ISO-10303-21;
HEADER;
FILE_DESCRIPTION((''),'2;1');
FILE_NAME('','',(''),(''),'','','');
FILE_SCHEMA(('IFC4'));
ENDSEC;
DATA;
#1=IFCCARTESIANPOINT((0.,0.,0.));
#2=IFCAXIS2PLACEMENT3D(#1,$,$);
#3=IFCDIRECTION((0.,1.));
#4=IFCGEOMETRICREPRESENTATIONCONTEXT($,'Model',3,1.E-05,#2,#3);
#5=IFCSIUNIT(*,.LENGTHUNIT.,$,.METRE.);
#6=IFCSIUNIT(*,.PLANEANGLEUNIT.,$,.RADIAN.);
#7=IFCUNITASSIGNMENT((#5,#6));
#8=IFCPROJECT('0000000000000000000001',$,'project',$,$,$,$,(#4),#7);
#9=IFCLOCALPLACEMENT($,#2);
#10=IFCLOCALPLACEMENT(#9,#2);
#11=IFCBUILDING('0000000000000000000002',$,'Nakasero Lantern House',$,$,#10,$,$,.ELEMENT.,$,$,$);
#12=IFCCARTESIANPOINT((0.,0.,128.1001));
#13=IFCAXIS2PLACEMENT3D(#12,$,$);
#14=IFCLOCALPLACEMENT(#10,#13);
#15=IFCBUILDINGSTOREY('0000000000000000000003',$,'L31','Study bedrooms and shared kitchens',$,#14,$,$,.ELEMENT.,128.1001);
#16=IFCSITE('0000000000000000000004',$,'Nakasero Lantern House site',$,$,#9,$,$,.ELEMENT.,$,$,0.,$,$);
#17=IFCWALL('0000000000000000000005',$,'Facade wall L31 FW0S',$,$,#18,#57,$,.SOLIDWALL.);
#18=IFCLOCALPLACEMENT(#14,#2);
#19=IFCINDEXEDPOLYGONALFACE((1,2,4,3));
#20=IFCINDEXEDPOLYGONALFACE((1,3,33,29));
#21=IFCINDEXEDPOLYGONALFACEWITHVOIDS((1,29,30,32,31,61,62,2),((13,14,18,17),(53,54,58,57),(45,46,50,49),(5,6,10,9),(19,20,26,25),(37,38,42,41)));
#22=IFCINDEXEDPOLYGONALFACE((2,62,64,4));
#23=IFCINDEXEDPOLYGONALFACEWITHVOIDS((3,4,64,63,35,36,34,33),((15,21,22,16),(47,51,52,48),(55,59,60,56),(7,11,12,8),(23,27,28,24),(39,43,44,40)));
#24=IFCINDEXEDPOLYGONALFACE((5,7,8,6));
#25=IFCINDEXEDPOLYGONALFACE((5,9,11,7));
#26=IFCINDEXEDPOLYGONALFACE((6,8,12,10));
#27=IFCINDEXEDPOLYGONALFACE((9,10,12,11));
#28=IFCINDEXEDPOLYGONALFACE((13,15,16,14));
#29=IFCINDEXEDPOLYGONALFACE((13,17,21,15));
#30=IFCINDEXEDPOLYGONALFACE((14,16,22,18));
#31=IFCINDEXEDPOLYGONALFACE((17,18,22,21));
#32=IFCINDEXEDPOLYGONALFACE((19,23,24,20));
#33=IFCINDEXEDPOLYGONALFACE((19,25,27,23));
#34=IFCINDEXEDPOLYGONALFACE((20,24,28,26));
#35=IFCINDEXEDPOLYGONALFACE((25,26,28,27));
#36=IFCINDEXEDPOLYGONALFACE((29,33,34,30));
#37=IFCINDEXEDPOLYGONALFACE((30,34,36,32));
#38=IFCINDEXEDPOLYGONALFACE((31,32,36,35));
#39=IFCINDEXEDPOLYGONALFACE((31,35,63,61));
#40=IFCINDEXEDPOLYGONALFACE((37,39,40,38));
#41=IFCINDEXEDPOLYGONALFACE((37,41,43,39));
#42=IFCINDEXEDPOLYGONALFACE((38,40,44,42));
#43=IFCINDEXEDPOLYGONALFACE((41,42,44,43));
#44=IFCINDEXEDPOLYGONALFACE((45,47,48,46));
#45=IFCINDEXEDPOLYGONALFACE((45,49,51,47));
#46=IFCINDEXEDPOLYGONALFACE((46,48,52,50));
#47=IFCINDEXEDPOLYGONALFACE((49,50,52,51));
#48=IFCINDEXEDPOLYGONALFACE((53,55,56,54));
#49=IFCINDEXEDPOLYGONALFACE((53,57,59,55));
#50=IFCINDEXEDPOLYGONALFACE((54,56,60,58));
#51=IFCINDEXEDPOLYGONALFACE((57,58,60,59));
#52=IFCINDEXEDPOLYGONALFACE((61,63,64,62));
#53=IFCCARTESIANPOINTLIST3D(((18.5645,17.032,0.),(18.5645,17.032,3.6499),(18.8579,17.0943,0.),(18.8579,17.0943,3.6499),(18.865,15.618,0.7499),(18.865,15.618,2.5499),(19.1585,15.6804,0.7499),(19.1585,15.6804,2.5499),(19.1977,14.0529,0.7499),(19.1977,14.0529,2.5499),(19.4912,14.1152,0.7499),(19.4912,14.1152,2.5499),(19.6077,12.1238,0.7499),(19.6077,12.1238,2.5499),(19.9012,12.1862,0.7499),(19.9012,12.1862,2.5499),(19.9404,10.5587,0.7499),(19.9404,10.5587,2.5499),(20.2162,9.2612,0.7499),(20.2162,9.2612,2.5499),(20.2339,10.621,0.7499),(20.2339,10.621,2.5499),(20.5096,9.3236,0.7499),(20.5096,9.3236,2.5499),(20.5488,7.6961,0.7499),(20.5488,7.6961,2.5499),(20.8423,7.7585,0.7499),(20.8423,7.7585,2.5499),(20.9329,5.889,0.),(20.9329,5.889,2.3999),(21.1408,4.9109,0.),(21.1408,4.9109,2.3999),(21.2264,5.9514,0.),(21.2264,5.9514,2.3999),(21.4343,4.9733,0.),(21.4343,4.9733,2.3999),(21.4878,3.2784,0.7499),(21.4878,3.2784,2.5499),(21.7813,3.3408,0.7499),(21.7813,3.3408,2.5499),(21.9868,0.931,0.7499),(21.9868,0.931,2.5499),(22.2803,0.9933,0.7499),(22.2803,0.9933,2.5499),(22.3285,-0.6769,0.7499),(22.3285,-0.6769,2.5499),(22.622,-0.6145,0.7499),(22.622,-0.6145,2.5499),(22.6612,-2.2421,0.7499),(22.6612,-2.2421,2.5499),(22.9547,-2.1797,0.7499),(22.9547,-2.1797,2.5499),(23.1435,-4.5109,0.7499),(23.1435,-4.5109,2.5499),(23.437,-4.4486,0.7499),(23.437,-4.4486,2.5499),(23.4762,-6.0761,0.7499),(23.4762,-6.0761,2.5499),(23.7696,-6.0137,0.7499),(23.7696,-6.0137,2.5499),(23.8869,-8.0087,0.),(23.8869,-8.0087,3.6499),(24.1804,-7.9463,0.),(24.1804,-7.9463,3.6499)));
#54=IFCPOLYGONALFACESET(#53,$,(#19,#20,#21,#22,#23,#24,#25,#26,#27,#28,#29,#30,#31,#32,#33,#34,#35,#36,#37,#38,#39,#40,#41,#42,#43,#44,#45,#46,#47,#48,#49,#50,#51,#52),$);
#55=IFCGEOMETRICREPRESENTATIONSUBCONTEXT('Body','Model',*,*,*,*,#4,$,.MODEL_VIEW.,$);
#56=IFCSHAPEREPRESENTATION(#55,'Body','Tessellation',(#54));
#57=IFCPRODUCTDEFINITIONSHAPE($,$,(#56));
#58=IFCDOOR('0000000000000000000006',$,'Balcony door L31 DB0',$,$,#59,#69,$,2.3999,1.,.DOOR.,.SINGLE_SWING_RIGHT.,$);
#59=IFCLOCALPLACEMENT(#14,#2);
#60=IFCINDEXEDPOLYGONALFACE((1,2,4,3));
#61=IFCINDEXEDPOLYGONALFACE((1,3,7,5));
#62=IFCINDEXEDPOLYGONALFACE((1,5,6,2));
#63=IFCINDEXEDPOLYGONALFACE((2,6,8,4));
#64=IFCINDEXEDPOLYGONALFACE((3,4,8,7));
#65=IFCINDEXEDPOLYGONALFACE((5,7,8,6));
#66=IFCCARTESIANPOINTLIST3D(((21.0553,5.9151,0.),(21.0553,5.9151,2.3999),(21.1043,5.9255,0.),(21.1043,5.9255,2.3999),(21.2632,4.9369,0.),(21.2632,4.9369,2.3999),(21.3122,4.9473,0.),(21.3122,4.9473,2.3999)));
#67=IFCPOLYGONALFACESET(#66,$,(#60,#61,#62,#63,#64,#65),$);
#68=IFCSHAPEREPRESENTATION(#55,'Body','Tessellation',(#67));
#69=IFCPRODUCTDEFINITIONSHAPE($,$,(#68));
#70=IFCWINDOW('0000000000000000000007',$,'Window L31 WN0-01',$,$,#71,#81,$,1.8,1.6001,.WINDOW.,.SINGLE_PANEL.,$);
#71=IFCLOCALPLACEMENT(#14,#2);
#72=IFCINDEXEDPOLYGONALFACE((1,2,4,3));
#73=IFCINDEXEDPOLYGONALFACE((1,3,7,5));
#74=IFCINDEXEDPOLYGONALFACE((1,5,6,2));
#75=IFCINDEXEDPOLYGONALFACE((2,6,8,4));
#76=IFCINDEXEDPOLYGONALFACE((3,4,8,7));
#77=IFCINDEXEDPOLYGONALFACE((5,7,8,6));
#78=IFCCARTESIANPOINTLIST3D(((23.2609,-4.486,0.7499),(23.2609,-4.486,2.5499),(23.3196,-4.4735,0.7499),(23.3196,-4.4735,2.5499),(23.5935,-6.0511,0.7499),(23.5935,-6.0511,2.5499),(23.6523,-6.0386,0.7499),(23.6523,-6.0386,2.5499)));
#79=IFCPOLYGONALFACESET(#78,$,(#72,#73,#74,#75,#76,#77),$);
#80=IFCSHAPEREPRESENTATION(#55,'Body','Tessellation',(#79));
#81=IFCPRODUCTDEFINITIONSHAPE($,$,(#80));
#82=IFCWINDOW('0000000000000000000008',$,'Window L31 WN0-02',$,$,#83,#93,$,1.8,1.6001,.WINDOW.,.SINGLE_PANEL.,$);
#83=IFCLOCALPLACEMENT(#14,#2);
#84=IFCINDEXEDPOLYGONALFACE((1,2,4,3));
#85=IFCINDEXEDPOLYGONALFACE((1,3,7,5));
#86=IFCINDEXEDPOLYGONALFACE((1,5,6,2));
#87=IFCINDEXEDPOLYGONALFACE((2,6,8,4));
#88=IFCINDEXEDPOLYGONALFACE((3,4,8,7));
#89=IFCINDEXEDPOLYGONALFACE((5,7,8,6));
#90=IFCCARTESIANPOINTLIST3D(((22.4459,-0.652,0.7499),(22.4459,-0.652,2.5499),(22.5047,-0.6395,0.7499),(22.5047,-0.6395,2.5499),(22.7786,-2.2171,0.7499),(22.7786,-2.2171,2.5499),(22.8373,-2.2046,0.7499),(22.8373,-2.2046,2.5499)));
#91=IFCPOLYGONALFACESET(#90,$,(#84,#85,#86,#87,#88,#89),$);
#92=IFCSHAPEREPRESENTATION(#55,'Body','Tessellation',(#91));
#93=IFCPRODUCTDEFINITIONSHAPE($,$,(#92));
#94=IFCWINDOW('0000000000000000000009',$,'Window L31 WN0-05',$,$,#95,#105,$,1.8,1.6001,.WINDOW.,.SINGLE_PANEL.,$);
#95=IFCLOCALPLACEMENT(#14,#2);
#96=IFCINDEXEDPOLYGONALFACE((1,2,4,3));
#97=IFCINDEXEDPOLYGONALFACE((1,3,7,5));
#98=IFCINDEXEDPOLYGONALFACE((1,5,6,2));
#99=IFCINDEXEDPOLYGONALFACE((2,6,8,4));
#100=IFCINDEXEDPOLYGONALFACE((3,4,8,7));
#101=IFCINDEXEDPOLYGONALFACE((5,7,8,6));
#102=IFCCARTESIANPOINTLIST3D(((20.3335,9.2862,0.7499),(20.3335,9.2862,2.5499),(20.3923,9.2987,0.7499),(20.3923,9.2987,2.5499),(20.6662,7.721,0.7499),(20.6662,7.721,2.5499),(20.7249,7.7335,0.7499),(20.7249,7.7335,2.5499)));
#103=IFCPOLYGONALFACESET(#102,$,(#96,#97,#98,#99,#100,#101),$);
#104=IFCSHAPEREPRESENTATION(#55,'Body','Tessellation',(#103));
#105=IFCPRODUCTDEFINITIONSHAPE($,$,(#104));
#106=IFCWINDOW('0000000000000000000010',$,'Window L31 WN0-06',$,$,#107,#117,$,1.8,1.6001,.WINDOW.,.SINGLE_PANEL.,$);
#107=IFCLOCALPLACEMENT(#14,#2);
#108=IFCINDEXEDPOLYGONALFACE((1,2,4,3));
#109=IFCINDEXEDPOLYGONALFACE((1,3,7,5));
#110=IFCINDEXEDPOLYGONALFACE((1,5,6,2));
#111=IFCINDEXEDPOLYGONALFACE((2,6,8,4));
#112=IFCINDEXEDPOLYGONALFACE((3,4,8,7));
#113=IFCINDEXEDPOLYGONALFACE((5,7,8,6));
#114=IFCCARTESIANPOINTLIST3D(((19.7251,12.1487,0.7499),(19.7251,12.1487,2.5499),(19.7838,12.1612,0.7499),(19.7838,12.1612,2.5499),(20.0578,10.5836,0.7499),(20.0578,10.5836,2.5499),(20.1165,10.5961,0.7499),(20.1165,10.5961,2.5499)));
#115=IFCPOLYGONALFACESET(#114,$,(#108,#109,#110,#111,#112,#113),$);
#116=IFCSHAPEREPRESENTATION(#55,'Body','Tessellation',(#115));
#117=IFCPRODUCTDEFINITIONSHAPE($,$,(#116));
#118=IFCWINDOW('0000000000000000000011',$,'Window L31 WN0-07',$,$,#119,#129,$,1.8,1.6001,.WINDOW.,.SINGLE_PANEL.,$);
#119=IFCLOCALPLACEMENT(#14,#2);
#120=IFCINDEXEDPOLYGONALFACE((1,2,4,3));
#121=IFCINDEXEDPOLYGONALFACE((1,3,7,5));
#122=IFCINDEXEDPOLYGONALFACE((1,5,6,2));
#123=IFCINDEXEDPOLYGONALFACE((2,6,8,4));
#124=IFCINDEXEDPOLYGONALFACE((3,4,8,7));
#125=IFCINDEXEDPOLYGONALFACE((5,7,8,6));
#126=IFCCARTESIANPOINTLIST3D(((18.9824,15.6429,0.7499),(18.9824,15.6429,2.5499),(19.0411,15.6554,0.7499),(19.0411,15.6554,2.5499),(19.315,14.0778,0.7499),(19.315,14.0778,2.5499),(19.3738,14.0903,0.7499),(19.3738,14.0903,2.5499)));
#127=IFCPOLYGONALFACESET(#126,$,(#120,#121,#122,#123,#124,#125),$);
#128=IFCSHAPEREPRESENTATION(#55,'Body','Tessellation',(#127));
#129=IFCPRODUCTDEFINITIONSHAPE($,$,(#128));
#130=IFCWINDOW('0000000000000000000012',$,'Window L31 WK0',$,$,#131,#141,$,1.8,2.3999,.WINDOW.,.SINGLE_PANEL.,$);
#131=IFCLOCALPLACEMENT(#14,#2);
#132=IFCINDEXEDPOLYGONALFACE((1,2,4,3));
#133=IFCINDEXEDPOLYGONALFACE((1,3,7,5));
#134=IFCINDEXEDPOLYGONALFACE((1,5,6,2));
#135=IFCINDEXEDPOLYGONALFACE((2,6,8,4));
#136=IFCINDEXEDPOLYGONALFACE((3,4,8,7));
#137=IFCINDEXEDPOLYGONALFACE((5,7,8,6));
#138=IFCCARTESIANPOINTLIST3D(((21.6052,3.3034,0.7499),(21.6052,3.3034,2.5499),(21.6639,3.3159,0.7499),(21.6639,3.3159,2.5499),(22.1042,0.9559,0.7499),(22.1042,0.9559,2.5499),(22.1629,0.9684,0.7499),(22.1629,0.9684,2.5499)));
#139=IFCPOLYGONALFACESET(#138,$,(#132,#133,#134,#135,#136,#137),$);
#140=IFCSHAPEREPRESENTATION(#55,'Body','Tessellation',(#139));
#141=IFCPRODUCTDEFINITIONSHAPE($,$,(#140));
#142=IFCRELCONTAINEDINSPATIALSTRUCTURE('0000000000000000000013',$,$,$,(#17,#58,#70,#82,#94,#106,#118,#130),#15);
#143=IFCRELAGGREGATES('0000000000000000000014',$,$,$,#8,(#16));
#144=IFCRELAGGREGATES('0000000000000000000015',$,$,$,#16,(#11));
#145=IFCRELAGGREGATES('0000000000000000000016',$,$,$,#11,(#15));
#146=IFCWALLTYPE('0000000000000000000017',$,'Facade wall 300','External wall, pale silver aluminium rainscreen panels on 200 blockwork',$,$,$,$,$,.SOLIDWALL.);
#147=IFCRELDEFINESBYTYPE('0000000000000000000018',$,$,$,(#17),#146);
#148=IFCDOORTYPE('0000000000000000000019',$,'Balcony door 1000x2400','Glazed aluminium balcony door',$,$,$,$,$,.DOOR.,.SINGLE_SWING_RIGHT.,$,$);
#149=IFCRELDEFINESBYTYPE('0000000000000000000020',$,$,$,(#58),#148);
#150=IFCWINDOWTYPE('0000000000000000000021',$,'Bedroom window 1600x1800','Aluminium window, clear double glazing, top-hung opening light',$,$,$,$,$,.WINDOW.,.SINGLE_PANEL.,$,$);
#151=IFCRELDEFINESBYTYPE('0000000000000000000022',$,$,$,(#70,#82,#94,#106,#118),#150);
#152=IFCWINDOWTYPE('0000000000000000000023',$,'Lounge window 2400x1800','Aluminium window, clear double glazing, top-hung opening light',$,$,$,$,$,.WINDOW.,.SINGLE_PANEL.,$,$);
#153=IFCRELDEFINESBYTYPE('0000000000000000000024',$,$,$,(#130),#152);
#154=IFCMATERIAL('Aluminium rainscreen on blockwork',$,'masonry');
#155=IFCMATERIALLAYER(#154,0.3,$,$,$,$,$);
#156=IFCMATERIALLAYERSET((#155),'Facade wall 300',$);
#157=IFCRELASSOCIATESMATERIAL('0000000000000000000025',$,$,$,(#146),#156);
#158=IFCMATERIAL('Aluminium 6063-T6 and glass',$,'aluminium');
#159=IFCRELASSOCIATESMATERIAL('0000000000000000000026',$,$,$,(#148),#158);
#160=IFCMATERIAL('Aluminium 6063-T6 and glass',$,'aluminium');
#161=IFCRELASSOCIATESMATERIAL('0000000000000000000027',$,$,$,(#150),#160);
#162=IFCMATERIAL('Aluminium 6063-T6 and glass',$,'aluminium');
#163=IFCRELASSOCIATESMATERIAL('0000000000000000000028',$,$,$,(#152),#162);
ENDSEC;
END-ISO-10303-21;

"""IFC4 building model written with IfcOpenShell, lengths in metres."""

from ifc_helpers import new_model, si_unit, direction, frame, frame_2d, origin, place, context, subcontext, project, spatial, rectangle, extrude, material, layer, layer_set, type_object, element, fill, save


model = new_model("IFC4")

# Units and contexts
model_context = context("Model", 3, precision=1e-05, world=origin(), true_north=direction((0.0, 1.0)))
body_context = subcontext(model_context, "Body", "Model", "MODEL_VIEW")
ifc_project = project(units=[si_unit("LENGTHUNIT", "METRE"), si_unit("PLANEANGLEUNIT", "RADIAN")], contexts=[model_context])

# Site, building, storey
site_placement = place(None, origin())
site = spatial("IfcSite", under=ifc_project, at=site_placement, Name="Nakasero Lantern House site", CompositionType="ELEMENT", RefElevation=0.0)
building_placement = place(site_placement, origin())
building = spatial("IfcBuilding", under=site, at=building_placement, Name="Nakasero Lantern House", CompositionType="ELEMENT")
storey_placement = place(building_placement, frame((0.0, 0.0, 128.1001)))
storey = spatial("IfcBuildingStorey", under=building, at=storey_placement, Name="L31", Description="Study bedrooms and shared kitchens", CompositionType="ELEMENT", Elevation=128.1001)

# Wall, openings, door, windows
ifc_material_1 = material(Name="Aluminium rainscreen on blockwork", Category="masonry")
ifc_layer_1 = layer(ifc_material_1, 0.3)
ifc_layer_set_1 = layer_set([ifc_layer_1], Name="Facade wall 300")
wall_type_1 = type_object("IfcWallType", Name="Facade wall 300", Description="External wall, pale silver aluminium rainscreen panels on 200 blockwork", PredefinedType="SOLIDWALL", material=ifc_layer_set_1)
wall_1_placement = place(storey_placement, frame((24.0337, -7.9775, 0.0), z_axis=(0.0, 0.0, 1.0), x_axis=(-0.207909, 0.978148, 0.0)))
wall_1 = element("IfcWall", 1, at=wall_1_placement, inside=storey, type_object=wall_type_1, Name="Facade wall L31 FW0S", PredefinedType="SOLIDWALL", context=body_context, shape_type="SweptSolid", body=[
    extrude(rectangle(XDim=25.6001, YDim=0.3, at=frame_2d((12.8, 0.0))), origin(), (0.0, 0.0, 1.0), 3.6499),
])
opening_1_placement = place(wall_1_placement, frame((1.9758, 0.0, 0.75)))
opening_1 = element("IfcOpeningElement", 2, at=opening_1_placement, cuts=wall_1, PredefinedType="OPENING", context=body_context, shape_type="SweptSolid", body=[
    extrude(rectangle(XDim=1.6001, YDim=1.8, at=frame_2d((0.8, 0.8999))), frame((0.0, 0.1699, 0.0), z_axis=(0.0, -1.0, 0.0), x_axis=(1.0, 0.0, 0.0)), (0.0, 0.0, 1.0), 0.3401),
])
opening_2_placement = place(wall_1_placement, frame((5.8955, 0.0, 0.75)))
opening_2 = element("IfcOpeningElement", 3, at=opening_2_placement, cuts=wall_1, PredefinedType="OPENING", context=body_context, shape_type="SweptSolid", body=[
    extrude(rectangle(XDim=1.6001, YDim=1.8, at=frame_2d((0.8, 0.8999))), frame((0.0, 0.1699, 0.0), z_axis=(0.0, -1.0, 0.0), x_axis=(1.0, 0.0, 0.0)), (0.0, 0.0, 1.0), 0.3401),
])
opening_3_placement = place(wall_1_placement, frame((16.0557, 0.0, 0.75)))
opening_3 = element("IfcOpeningElement", 4, at=opening_3_placement, cuts=wall_1, PredefinedType="OPENING", context=body_context, shape_type="SweptSolid", body=[
    extrude(rectangle(XDim=1.6001, YDim=1.8, at=frame_2d((0.8, 0.8999))), frame((0.0, 0.1699, 0.0), z_axis=(0.0, -1.0, 0.0), x_axis=(1.0, 0.0, 0.0)), (0.0, 0.0, 1.0), 0.3401),
])
opening_4_placement = place(wall_1_placement, frame((18.9822, 0.0, 0.75)))
opening_4 = element("IfcOpeningElement", 5, at=opening_4_placement, cuts=wall_1, PredefinedType="OPENING", context=body_context, shape_type="SweptSolid", body=[
    extrude(rectangle(XDim=1.6001, YDim=1.8, at=frame_2d((0.8, 0.8999))), frame((0.0, 0.1699, 0.0), z_axis=(0.0, -1.0, 0.0), x_axis=(1.0, 0.0, 0.0)), (0.0, 0.0, 1.0), 0.3401),
])
opening_5_placement = place(wall_1_placement, frame((22.5544, 0.0, 0.75)))
opening_5 = element("IfcOpeningElement", 6, at=opening_5_placement, cuts=wall_1, PredefinedType="OPENING", context=body_context, shape_type="SweptSolid", body=[
    extrude(rectangle(XDim=1.6001, YDim=1.8, at=frame_2d((0.8, 0.8999))), frame((0.0, 0.1699, 0.0), z_axis=(0.0, -1.0, 0.0), x_axis=(1.0, 0.0, 0.0)), (0.0, 0.0, 1.0), 0.3401),
])
opening_6_placement = place(wall_1_placement, frame((9.1394, 0.0, 0.75)))
opening_6 = element("IfcOpeningElement", 7, at=opening_6_placement, cuts=wall_1, PredefinedType="OPENING", context=body_context, shape_type="SweptSolid", body=[
    extrude(rectangle(XDim=2.3999, YDim=1.8, at=frame_2d((1.2, 0.8999))), frame((0.0, 0.1699, 0.0), z_axis=(0.0, -1.0, 0.0), x_axis=(1.0, 0.0, 0.0)), (0.0, 0.0, 1.0), 0.3401),
])
opening_7_placement = place(wall_1_placement, frame((13.2083, 0.0, 0.0)))
opening_7 = element("IfcOpeningElement", 8, at=opening_7_placement, cuts=wall_1, PredefinedType="OPENING", context=body_context, shape_type="SweptSolid", body=[
    extrude(rectangle(XDim=1.0, YDim=2.3999, at=frame_2d((0.5, 1.2))), frame((0.0, 0.1699, 0.0), z_axis=(0.0, -1.0, 0.0), x_axis=(1.0, 0.0, 0.0)), (0.0, 0.0, 1.0), 0.3401),
])
ifc_material_2 = material(Name="Aluminium 6063-T6 and glass", Category="aluminium")
door_type_1 = type_object("IfcDoorType", Name="Balcony door 1000x2400", Description="Glazed aluminium balcony door", OperationType="SINGLE_SWING_RIGHT", PredefinedType="DOOR", material=ifc_material_2)
door_1_placement = place(opening_7_placement, origin())
door_1 = element("IfcDoor", 9, at=door_1_placement, inside=storey, type_object=door_type_1, Name="Balcony door L31 DB0", OperationType="SINGLE_SWING_RIGHT", OverallHeight=2.3999, OverallWidth=1.0, PredefinedType="DOOR", context=body_context, shape_type="SweptSolid", body=[
    extrude(rectangle(XDim=1.0, YDim=2.3999, at=frame_2d((0.5, 1.2))), frame((0.0, 0.0249, 0.0), z_axis=(0.0, -1.0, 0.0), x_axis=(1.0, 0.0, 0.0)), (0.0, 0.0, 1.0), 0.05),
])
fill(opening_7, door_1)
ifc_material_3 = material(Name="Aluminium 6063-T6 and glass", Category="aluminium")
window_type_1 = type_object("IfcWindowType", Name="Bedroom window 1600x1800", Description="Aluminium window, clear double glazing, top-hung opening light", PartitioningType="SINGLE_PANEL", PredefinedType="WINDOW", material=ifc_material_3)
window_1_placement = place(opening_1_placement, origin())
window_1 = element("IfcWindow", 10, at=window_1_placement, inside=storey, type_object=window_type_1, Name="Window L31 WN0-01", OverallHeight=1.8, OverallWidth=1.6001, PartitioningType="SINGLE_PANEL", PredefinedType="WINDOW", context=body_context, shape_type="SweptSolid", body=[
    extrude(rectangle(XDim=1.6001, YDim=1.8, at=frame_2d((0.8, 0.8999))), frame((0.0, 0.03, 0.0), z_axis=(0.0, -1.0, 0.0), x_axis=(1.0, 0.0, 0.0)), (0.0, 0.0, 1.0), 0.0601),
])
fill(opening_1, window_1)
window_2_placement = place(opening_2_placement, origin())
window_2 = element("IfcWindow", 11, at=window_2_placement, inside=storey, type_object=window_type_1, Name="Window L31 WN0-02", OverallHeight=1.8, OverallWidth=1.6001, PartitioningType="SINGLE_PANEL", PredefinedType="WINDOW", context=body_context, shape_type="SweptSolid", body=[
    extrude(rectangle(XDim=1.6001, YDim=1.8, at=frame_2d((0.8, 0.8999))), frame((0.0, 0.03, 0.0), z_axis=(0.0, -1.0, 0.0), x_axis=(1.0, 0.0, 0.0)), (0.0, 0.0, 1.0), 0.0601),
])
fill(opening_2, window_2)
window_3_placement = place(opening_3_placement, origin())
window_3 = element("IfcWindow", 12, at=window_3_placement, inside=storey, type_object=window_type_1, Name="Window L31 WN0-05", OverallHeight=1.8, OverallWidth=1.6001, PartitioningType="SINGLE_PANEL", PredefinedType="WINDOW", context=body_context, shape_type="SweptSolid", body=[
    extrude(rectangle(XDim=1.6001, YDim=1.8, at=frame_2d((0.8, 0.8999))), frame((0.0, 0.03, 0.0), z_axis=(0.0, -1.0, 0.0), x_axis=(1.0, 0.0, 0.0)), (0.0, 0.0, 1.0), 0.0601),
])
fill(opening_3, window_3)
window_4_placement = place(opening_4_placement, origin())
window_4 = element("IfcWindow", 13, at=window_4_placement, inside=storey, type_object=window_type_1, Name="Window L31 WN0-06", OverallHeight=1.8, OverallWidth=1.6001, PartitioningType="SINGLE_PANEL", PredefinedType="WINDOW", context=body_context, shape_type="SweptSolid", body=[
    extrude(rectangle(XDim=1.6001, YDim=1.8, at=frame_2d((0.8, 0.8999))), frame((0.0, 0.03, 0.0), z_axis=(0.0, -1.0, 0.0), x_axis=(1.0, 0.0, 0.0)), (0.0, 0.0, 1.0), 0.0601),
])
fill(opening_4, window_4)
window_5_placement = place(opening_5_placement, origin())
window_5 = element("IfcWindow", 14, at=window_5_placement, inside=storey, type_object=window_type_1, Name="Window L31 WN0-07", OverallHeight=1.8, OverallWidth=1.6001, PartitioningType="SINGLE_PANEL", PredefinedType="WINDOW", context=body_context, shape_type="SweptSolid", body=[
    extrude(rectangle(XDim=1.6001, YDim=1.8, at=frame_2d((0.8, 0.8999))), frame((0.0, 0.03, 0.0), z_axis=(0.0, -1.0, 0.0), x_axis=(1.0, 0.0, 0.0)), (0.0, 0.0, 1.0), 0.0601),
])
fill(opening_5, window_5)
ifc_material_4 = material(Name="Aluminium 6063-T6 and glass", Category="aluminium")
window_type_2 = type_object("IfcWindowType", Name="Lounge window 2400x1800", Description="Aluminium window, clear double glazing, top-hung opening light", PartitioningType="SINGLE_PANEL", PredefinedType="WINDOW", material=ifc_material_4)
window_6_placement = place(opening_6_placement, origin())
window_6 = element("IfcWindow", 15, at=window_6_placement, inside=storey, type_object=window_type_2, Name="Window L31 WK0", OverallHeight=1.8, OverallWidth=2.3999, PartitioningType="SINGLE_PANEL", PredefinedType="WINDOW", context=body_context, shape_type="SweptSolid", body=[
    extrude(rectangle(XDim=2.3999, YDim=1.8, at=frame_2d((1.2, 0.8999))), frame((0.0, 0.03, 0.0), z_axis=(0.0, -1.0, 0.0), x_axis=(1.0, 0.0, 0.0)), (0.0, 0.0, 1.0), 0.0601),
])
fill(opening_6, window_6)

save(model, "model.ifc")
